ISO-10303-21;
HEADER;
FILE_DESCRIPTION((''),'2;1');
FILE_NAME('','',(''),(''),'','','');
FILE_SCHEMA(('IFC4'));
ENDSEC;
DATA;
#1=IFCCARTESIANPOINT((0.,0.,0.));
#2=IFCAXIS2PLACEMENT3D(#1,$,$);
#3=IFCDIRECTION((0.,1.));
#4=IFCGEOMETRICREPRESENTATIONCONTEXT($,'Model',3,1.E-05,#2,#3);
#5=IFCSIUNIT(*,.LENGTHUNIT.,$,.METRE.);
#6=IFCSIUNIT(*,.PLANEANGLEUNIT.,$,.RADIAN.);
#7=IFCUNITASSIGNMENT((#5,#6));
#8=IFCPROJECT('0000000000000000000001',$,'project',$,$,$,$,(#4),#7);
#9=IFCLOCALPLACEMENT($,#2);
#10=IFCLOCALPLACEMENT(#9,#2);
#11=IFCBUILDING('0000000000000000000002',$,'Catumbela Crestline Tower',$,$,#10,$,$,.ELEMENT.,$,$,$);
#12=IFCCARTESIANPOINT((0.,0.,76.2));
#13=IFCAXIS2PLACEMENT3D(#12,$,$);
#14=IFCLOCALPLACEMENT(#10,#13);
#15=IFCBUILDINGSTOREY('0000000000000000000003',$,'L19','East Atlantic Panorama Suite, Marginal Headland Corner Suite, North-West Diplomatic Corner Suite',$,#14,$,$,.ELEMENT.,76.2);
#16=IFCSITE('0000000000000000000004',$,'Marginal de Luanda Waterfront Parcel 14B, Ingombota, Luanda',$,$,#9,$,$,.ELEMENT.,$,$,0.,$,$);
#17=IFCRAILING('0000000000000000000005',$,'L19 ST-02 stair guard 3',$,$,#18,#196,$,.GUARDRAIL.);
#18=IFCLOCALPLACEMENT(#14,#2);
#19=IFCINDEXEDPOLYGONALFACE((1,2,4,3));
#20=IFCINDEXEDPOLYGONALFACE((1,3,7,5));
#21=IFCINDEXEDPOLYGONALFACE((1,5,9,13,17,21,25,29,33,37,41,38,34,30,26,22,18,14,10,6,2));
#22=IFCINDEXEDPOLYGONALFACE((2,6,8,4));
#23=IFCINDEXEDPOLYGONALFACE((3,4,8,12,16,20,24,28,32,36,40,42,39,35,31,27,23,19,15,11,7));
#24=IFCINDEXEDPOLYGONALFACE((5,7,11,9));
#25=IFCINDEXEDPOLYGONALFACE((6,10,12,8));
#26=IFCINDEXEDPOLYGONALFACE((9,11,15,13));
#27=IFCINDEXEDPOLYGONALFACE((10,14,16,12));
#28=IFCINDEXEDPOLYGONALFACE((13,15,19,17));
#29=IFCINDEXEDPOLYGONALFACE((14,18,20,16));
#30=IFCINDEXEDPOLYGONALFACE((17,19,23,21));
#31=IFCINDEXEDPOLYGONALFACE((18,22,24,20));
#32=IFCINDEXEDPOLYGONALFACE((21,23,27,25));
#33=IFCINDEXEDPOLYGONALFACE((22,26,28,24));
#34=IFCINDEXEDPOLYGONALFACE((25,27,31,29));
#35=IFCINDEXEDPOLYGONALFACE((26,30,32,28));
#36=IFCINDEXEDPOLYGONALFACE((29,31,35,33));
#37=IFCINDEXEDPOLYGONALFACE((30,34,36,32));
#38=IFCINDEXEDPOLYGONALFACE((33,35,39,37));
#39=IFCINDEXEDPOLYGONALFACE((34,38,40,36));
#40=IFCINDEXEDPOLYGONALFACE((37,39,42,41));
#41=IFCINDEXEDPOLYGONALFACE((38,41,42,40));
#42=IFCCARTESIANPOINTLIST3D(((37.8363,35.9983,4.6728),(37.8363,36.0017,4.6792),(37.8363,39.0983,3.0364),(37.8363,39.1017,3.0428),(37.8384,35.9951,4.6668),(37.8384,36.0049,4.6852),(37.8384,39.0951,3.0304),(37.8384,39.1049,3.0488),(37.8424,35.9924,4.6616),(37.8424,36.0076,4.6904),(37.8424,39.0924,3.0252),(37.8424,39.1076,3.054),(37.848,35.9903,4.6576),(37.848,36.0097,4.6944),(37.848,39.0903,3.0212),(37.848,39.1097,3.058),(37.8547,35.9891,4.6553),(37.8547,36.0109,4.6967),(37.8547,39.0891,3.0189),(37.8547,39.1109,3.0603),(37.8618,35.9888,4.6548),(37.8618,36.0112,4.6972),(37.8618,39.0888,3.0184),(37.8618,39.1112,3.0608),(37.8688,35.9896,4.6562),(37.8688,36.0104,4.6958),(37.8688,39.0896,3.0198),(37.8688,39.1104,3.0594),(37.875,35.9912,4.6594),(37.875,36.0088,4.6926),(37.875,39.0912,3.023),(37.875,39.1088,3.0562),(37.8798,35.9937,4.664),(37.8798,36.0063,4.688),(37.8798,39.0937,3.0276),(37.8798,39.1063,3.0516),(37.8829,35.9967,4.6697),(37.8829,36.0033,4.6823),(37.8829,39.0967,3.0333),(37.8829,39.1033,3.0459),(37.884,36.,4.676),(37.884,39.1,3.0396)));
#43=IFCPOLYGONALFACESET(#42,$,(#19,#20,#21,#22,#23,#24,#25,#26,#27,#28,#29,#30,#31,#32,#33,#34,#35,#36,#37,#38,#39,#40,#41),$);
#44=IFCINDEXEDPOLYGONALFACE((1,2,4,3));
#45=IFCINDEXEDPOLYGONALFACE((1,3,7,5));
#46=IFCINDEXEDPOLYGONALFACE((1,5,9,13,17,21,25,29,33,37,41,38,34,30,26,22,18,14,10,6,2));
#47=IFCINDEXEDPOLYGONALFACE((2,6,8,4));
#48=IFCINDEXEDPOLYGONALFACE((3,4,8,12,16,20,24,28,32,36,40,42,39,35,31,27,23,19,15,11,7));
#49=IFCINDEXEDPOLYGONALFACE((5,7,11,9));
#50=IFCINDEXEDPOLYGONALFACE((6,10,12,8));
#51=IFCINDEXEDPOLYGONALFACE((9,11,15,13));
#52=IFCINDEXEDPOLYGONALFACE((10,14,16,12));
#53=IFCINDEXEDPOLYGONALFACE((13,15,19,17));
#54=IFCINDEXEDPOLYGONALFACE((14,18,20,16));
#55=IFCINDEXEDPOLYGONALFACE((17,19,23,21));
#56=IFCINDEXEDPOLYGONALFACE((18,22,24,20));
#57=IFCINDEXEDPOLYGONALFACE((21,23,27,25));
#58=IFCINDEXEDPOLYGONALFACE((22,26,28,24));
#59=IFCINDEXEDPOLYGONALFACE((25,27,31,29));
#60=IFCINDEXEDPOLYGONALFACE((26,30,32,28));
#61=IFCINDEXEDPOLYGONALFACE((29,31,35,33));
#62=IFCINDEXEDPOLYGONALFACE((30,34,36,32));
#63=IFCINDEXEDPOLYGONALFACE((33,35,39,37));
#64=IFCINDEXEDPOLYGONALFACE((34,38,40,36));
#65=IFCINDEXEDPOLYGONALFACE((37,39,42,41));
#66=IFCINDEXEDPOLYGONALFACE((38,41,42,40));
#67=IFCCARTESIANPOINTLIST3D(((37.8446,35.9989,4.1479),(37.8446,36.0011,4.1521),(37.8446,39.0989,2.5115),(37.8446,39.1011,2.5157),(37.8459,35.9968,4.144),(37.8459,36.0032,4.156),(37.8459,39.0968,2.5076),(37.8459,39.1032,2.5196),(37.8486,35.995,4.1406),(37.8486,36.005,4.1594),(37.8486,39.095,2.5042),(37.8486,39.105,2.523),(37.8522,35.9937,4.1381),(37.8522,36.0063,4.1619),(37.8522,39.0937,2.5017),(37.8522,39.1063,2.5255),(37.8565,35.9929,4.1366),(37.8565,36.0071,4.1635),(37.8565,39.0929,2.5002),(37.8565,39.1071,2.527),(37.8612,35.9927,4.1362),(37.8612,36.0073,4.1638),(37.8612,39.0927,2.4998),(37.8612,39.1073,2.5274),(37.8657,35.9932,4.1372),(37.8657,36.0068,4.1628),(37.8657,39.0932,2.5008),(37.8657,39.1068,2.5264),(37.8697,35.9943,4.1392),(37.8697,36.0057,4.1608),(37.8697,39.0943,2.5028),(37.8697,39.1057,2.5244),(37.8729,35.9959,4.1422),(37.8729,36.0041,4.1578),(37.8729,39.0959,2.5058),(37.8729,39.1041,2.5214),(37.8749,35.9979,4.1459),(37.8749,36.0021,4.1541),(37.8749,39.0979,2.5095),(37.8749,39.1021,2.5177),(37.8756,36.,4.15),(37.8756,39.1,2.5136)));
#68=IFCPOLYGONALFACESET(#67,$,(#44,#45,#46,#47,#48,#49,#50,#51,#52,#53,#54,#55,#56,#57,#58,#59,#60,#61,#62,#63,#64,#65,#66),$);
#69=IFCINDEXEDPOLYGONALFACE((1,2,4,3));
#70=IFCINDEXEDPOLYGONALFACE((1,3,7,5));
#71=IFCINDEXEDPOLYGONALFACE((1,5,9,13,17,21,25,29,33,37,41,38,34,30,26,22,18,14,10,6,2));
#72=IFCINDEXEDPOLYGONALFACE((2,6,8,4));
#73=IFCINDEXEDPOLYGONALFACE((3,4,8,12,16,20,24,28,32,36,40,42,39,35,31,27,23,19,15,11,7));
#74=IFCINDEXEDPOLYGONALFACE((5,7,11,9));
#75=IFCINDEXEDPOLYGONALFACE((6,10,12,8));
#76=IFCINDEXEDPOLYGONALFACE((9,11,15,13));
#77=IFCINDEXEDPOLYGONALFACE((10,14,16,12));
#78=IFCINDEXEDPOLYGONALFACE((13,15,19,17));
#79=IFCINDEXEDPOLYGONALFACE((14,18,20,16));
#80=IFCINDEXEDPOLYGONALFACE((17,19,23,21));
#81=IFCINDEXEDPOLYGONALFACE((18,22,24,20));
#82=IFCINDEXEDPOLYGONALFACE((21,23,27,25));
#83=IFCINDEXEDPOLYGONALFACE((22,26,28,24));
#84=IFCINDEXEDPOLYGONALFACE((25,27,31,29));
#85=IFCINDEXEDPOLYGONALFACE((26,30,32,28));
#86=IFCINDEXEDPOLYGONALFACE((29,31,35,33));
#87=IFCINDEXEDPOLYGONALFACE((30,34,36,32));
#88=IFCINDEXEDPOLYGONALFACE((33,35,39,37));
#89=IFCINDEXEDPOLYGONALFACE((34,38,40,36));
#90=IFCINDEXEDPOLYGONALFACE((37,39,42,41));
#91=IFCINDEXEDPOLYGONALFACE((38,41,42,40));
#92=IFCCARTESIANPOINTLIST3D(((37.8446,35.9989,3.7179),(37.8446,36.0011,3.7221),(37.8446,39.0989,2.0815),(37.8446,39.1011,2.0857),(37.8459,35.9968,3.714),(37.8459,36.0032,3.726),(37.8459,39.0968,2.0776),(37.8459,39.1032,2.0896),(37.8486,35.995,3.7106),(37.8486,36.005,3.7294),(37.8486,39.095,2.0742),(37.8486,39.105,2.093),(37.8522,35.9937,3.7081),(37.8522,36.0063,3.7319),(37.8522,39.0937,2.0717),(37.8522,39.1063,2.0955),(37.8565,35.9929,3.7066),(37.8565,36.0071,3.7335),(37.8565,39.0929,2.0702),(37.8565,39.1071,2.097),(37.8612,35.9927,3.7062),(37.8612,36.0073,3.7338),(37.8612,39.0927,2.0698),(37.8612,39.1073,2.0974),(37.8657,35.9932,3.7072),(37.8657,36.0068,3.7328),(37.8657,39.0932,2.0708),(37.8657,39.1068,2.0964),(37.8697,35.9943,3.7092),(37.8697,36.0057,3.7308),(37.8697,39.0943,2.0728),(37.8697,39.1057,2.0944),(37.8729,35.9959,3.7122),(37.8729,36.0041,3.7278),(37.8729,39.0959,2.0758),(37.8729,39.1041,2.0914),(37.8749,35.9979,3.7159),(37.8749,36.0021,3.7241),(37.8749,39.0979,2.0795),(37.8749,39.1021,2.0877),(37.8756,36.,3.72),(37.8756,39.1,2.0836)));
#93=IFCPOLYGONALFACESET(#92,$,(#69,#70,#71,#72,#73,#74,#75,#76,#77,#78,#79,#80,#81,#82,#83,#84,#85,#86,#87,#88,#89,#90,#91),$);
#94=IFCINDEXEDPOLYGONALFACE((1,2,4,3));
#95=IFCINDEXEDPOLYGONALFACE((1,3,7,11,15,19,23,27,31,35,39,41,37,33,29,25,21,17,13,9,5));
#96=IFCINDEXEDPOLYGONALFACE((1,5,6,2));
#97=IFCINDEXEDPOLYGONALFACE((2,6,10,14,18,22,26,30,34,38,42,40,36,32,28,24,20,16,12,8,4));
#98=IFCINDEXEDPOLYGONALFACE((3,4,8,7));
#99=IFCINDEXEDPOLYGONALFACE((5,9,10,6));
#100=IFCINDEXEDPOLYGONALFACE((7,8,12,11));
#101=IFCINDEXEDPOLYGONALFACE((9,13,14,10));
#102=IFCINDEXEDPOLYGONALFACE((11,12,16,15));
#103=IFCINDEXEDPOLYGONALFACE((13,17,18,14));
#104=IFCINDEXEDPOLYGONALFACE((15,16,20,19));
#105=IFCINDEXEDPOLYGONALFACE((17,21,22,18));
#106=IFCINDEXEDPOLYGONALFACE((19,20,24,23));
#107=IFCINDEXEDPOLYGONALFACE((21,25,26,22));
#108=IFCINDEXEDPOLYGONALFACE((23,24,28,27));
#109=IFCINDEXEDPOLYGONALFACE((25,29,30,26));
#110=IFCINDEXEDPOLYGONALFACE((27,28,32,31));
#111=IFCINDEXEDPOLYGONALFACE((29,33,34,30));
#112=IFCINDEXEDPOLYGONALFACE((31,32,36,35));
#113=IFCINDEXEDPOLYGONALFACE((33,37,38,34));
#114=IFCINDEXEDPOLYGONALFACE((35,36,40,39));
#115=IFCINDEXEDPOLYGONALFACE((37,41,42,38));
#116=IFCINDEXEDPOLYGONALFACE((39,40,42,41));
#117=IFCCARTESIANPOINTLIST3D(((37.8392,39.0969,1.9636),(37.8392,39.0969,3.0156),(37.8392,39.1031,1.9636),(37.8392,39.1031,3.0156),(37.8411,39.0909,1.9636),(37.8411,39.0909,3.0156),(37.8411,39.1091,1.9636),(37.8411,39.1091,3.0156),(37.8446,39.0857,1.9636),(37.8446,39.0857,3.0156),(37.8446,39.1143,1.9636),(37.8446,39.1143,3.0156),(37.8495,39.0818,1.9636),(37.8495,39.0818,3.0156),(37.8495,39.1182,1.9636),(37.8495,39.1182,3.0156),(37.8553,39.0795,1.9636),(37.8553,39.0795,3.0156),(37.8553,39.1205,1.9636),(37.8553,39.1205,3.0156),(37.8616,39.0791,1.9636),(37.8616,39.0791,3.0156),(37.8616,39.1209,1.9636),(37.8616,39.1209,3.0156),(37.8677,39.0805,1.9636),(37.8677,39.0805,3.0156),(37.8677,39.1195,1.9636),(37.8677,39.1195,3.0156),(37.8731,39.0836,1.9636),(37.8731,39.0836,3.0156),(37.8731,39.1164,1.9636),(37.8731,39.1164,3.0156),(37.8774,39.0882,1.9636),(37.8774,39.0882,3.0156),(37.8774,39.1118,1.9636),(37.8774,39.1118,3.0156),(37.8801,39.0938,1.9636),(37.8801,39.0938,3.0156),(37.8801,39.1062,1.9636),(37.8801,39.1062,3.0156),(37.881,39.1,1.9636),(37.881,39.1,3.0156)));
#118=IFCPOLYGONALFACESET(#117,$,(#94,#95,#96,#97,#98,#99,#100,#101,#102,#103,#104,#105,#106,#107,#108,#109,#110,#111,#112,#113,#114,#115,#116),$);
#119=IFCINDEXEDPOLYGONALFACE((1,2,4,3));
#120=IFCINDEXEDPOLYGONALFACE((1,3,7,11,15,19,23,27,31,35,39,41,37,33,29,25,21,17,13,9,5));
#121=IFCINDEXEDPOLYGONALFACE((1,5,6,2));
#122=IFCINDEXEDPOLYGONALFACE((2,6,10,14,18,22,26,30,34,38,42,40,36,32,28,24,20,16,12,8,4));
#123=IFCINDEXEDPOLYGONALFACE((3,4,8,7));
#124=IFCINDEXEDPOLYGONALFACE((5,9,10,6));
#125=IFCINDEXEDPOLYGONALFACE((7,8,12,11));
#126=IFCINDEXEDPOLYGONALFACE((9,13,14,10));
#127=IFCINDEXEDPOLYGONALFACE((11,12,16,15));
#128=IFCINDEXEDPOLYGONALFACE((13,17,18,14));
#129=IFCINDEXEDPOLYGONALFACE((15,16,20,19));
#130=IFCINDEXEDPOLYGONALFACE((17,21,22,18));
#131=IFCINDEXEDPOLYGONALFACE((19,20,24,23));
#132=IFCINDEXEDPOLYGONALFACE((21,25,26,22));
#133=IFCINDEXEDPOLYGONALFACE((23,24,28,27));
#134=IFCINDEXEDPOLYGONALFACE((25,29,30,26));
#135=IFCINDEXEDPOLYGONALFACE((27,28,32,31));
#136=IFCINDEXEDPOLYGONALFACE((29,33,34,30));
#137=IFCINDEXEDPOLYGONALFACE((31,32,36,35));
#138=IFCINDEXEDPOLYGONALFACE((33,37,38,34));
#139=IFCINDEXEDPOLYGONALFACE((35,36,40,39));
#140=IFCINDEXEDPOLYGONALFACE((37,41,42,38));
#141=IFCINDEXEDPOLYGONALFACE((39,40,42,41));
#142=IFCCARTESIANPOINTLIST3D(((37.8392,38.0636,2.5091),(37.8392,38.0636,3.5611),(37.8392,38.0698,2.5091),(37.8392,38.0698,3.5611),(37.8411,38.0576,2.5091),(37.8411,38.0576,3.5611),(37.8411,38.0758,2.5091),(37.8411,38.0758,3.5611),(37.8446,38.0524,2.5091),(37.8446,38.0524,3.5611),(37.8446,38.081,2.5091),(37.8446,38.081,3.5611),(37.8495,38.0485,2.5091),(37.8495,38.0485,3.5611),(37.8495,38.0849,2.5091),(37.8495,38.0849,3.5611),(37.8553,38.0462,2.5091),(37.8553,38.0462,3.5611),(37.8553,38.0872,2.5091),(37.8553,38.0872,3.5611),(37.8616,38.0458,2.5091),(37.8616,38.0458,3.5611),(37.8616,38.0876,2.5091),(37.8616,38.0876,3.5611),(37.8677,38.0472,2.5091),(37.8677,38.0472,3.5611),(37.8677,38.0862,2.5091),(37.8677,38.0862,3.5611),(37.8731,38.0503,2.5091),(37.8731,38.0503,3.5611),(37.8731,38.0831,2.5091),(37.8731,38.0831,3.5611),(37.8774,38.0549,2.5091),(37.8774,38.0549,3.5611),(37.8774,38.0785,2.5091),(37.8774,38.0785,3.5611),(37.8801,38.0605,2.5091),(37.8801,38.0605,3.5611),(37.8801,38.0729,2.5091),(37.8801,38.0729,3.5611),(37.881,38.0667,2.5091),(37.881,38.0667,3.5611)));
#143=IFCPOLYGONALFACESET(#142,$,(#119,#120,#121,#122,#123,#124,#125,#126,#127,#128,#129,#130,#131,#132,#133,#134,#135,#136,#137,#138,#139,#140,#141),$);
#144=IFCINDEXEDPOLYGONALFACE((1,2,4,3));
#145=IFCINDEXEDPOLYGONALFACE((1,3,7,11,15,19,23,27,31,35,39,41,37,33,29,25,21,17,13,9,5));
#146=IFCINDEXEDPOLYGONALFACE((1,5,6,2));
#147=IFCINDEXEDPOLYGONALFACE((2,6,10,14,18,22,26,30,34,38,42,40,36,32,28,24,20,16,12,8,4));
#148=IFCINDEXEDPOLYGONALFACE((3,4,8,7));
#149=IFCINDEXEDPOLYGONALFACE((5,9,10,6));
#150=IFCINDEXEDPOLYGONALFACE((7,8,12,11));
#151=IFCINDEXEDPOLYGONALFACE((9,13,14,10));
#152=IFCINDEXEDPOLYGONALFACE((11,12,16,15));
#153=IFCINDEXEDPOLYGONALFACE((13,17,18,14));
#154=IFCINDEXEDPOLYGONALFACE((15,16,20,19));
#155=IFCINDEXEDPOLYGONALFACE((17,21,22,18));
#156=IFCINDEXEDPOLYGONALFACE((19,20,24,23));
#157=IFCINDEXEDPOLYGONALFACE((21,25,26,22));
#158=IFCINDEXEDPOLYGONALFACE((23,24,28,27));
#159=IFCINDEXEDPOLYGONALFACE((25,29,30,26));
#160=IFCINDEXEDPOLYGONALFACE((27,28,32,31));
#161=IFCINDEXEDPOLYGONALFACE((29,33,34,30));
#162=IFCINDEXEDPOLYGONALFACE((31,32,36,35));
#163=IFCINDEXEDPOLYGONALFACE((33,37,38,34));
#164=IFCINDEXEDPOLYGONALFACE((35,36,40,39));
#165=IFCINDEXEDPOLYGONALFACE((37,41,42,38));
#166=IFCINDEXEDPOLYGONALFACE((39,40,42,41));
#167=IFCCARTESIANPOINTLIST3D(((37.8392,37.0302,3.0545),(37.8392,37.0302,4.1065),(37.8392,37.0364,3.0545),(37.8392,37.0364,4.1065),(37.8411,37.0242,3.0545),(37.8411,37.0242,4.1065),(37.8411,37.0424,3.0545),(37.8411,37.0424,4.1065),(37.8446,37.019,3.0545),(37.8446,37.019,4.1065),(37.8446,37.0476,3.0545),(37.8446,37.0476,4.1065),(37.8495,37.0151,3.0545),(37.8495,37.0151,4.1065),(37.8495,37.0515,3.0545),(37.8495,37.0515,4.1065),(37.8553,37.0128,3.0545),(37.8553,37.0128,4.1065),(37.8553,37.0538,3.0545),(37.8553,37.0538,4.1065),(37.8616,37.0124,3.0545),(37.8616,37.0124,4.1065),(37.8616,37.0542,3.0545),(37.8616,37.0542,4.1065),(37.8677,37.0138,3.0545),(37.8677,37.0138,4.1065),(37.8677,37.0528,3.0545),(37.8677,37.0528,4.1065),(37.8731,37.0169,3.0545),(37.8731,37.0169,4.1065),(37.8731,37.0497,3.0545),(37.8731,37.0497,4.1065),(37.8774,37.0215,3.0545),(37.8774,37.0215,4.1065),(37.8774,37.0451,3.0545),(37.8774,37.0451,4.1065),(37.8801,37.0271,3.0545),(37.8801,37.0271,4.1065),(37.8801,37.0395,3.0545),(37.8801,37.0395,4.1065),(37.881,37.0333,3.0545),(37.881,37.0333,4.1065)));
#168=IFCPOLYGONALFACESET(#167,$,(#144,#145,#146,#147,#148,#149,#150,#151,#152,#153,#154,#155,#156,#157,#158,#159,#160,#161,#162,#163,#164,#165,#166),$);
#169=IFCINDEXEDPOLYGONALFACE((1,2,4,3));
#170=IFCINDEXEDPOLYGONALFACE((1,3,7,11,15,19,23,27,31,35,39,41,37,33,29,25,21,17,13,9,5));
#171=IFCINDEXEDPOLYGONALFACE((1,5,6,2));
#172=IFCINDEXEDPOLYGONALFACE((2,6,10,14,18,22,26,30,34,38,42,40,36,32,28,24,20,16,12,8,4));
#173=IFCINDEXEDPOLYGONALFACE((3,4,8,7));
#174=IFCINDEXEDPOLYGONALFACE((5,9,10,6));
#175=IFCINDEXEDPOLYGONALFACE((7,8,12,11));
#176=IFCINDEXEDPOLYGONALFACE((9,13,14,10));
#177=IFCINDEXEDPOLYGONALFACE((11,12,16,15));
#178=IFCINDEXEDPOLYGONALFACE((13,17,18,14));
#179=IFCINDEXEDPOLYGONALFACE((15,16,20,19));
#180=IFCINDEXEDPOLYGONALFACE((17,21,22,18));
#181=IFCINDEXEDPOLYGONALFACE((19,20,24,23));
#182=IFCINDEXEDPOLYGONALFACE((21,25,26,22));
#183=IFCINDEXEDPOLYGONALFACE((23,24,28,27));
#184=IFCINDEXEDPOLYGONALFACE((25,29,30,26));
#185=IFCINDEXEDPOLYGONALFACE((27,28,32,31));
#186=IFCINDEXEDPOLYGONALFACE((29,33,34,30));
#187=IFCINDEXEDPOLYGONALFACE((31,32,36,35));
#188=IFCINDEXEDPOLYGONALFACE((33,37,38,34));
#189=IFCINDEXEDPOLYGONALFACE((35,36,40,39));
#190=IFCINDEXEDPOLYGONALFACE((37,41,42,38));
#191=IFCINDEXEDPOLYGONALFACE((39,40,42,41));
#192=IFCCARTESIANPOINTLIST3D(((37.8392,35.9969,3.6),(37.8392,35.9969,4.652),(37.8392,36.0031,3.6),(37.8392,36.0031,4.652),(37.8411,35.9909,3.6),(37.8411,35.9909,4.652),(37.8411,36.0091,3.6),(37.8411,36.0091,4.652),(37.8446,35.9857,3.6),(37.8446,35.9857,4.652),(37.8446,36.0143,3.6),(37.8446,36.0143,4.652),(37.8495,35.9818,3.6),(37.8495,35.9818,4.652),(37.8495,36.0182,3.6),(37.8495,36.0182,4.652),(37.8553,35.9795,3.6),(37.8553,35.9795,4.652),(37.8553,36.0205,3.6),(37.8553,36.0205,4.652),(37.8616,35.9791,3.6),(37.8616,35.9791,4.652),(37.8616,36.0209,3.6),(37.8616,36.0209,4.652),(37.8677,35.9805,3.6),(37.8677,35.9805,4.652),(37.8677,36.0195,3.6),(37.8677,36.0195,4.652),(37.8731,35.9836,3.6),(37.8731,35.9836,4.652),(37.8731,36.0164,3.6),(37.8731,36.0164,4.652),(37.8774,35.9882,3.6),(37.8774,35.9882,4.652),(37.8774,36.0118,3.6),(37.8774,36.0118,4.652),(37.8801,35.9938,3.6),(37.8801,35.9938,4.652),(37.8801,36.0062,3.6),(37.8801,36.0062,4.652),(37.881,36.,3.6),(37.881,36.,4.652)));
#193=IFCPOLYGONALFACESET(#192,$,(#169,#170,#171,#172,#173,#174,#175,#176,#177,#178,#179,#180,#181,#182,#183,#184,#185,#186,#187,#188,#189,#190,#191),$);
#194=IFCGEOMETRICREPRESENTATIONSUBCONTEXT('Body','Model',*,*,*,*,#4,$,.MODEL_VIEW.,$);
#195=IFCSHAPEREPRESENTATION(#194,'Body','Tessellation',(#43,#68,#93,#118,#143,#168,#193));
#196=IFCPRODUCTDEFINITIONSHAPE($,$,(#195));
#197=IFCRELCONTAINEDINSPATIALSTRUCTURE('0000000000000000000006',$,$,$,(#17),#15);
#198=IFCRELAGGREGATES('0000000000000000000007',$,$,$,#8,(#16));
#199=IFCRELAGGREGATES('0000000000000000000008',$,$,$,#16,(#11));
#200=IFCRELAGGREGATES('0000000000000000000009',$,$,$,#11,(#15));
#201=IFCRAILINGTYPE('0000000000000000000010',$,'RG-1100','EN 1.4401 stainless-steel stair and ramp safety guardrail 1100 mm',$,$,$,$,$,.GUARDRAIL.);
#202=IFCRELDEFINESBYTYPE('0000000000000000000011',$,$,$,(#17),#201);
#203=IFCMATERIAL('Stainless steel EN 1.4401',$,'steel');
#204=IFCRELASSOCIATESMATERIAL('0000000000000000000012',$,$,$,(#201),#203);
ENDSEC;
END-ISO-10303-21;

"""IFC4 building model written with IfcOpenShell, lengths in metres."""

from ifc_helpers import new_model, si_unit, direction, frame, origin, origin_2d, place, context, subcontext, project, spatial, circle, extrude, material, type_object, element, save


model = new_model("IFC4")

# Units and contexts
model_context = context("Model", 3, precision=1e-05, world=origin(), true_north=direction((0.0, 1.0)))
body_context = subcontext(model_context, "Body", "Model", "MODEL_VIEW")
ifc_project = project(units=[si_unit("LENGTHUNIT", "METRE"), si_unit("PLANEANGLEUNIT", "RADIAN")], contexts=[model_context])

# Site, building, storey
site_placement = place(None, origin())
site = spatial("IfcSite", under=ifc_project, at=site_placement, Name="Marginal de Luanda Waterfront Parcel 14B, Ingombota, Luanda", CompositionType="ELEMENT", RefElevation=0.0)
building_placement = place(site_placement, origin())
building = spatial("IfcBuilding", under=site, at=building_placement, Name="Catumbela Crestline Tower", CompositionType="ELEMENT")
storey_placement = place(building_placement, frame((0.0, 0.0, 76.2)))
storey = spatial("IfcBuildingStorey", under=building, at=storey_placement, Name="L19", Description="East Atlantic Panorama Suite, Marginal Headland Corner Suite, North-West Diplomatic Corner Suite", CompositionType="ELEMENT", Elevation=76.2)

# Shared definitions
ifc_material_1 = material(Name="Stainless steel EN 1.4401", Category="steel")

# Railing
railing_type_1 = type_object("IfcRailingType", Name="RG-1100", Description="EN 1.4401 stainless-steel stair and ramp safety guardrail 1100 mm", PredefinedType="GUARDRAIL", material=ifc_material_1)
railing_1_placement = place(storey_placement, frame((37.86, 39.1, 1.9636)))
element("IfcRailing", 1, at=railing_1_placement, inside=storey, type_object=railing_type_1, Name="L19 ST-02 stair guard 3", PredefinedType="GUARDRAIL", context=body_context, shape_type="SweptSolid", body=[
    extrude(circle(Radius=0.024, at=origin_2d()), frame((0.0, 0.0, 1.076), z_axis=(0.0, -0.884351, 0.466823), x_axis=(1.0, 0.0, 0.0)), (0.0, 0.0, 1.0), 3.5054),
    extrude(circle(Radius=0.0156, at=origin_2d()), frame((0.0, 0.0, 0.55), z_axis=(0.0, -0.884351, 0.466823), x_axis=(1.0, 0.0, 0.0)), (0.0, 0.0, 1.0), 3.5054),
    extrude(circle(Radius=0.0156, at=origin_2d()), frame((0.0, 0.0, 0.12), z_axis=(0.0, -0.884351, 0.466823), x_axis=(1.0, 0.0, 0.0)), (0.0, 0.0, 1.0), 3.5054),
    extrude(circle(Radius=0.021, at=origin_2d()), origin(), (0.0, 0.0, 1.0), 1.052),
    extrude(circle(Radius=0.021, at=origin_2d()), frame((0.0, -1.0333, 0.5455)), (0.0, 0.0, 1.0), 1.052),
    extrude(circle(Radius=0.021, at=origin_2d()), frame((0.0, -2.0667, 1.0909)), (0.0, 0.0, 1.0), 1.052),
    extrude(circle(Radius=0.021, at=origin_2d()), frame((0.0, -3.1, 1.6364)), (0.0, 0.0, 1.0), 1.052),
])

save(model, "model.ifc")
